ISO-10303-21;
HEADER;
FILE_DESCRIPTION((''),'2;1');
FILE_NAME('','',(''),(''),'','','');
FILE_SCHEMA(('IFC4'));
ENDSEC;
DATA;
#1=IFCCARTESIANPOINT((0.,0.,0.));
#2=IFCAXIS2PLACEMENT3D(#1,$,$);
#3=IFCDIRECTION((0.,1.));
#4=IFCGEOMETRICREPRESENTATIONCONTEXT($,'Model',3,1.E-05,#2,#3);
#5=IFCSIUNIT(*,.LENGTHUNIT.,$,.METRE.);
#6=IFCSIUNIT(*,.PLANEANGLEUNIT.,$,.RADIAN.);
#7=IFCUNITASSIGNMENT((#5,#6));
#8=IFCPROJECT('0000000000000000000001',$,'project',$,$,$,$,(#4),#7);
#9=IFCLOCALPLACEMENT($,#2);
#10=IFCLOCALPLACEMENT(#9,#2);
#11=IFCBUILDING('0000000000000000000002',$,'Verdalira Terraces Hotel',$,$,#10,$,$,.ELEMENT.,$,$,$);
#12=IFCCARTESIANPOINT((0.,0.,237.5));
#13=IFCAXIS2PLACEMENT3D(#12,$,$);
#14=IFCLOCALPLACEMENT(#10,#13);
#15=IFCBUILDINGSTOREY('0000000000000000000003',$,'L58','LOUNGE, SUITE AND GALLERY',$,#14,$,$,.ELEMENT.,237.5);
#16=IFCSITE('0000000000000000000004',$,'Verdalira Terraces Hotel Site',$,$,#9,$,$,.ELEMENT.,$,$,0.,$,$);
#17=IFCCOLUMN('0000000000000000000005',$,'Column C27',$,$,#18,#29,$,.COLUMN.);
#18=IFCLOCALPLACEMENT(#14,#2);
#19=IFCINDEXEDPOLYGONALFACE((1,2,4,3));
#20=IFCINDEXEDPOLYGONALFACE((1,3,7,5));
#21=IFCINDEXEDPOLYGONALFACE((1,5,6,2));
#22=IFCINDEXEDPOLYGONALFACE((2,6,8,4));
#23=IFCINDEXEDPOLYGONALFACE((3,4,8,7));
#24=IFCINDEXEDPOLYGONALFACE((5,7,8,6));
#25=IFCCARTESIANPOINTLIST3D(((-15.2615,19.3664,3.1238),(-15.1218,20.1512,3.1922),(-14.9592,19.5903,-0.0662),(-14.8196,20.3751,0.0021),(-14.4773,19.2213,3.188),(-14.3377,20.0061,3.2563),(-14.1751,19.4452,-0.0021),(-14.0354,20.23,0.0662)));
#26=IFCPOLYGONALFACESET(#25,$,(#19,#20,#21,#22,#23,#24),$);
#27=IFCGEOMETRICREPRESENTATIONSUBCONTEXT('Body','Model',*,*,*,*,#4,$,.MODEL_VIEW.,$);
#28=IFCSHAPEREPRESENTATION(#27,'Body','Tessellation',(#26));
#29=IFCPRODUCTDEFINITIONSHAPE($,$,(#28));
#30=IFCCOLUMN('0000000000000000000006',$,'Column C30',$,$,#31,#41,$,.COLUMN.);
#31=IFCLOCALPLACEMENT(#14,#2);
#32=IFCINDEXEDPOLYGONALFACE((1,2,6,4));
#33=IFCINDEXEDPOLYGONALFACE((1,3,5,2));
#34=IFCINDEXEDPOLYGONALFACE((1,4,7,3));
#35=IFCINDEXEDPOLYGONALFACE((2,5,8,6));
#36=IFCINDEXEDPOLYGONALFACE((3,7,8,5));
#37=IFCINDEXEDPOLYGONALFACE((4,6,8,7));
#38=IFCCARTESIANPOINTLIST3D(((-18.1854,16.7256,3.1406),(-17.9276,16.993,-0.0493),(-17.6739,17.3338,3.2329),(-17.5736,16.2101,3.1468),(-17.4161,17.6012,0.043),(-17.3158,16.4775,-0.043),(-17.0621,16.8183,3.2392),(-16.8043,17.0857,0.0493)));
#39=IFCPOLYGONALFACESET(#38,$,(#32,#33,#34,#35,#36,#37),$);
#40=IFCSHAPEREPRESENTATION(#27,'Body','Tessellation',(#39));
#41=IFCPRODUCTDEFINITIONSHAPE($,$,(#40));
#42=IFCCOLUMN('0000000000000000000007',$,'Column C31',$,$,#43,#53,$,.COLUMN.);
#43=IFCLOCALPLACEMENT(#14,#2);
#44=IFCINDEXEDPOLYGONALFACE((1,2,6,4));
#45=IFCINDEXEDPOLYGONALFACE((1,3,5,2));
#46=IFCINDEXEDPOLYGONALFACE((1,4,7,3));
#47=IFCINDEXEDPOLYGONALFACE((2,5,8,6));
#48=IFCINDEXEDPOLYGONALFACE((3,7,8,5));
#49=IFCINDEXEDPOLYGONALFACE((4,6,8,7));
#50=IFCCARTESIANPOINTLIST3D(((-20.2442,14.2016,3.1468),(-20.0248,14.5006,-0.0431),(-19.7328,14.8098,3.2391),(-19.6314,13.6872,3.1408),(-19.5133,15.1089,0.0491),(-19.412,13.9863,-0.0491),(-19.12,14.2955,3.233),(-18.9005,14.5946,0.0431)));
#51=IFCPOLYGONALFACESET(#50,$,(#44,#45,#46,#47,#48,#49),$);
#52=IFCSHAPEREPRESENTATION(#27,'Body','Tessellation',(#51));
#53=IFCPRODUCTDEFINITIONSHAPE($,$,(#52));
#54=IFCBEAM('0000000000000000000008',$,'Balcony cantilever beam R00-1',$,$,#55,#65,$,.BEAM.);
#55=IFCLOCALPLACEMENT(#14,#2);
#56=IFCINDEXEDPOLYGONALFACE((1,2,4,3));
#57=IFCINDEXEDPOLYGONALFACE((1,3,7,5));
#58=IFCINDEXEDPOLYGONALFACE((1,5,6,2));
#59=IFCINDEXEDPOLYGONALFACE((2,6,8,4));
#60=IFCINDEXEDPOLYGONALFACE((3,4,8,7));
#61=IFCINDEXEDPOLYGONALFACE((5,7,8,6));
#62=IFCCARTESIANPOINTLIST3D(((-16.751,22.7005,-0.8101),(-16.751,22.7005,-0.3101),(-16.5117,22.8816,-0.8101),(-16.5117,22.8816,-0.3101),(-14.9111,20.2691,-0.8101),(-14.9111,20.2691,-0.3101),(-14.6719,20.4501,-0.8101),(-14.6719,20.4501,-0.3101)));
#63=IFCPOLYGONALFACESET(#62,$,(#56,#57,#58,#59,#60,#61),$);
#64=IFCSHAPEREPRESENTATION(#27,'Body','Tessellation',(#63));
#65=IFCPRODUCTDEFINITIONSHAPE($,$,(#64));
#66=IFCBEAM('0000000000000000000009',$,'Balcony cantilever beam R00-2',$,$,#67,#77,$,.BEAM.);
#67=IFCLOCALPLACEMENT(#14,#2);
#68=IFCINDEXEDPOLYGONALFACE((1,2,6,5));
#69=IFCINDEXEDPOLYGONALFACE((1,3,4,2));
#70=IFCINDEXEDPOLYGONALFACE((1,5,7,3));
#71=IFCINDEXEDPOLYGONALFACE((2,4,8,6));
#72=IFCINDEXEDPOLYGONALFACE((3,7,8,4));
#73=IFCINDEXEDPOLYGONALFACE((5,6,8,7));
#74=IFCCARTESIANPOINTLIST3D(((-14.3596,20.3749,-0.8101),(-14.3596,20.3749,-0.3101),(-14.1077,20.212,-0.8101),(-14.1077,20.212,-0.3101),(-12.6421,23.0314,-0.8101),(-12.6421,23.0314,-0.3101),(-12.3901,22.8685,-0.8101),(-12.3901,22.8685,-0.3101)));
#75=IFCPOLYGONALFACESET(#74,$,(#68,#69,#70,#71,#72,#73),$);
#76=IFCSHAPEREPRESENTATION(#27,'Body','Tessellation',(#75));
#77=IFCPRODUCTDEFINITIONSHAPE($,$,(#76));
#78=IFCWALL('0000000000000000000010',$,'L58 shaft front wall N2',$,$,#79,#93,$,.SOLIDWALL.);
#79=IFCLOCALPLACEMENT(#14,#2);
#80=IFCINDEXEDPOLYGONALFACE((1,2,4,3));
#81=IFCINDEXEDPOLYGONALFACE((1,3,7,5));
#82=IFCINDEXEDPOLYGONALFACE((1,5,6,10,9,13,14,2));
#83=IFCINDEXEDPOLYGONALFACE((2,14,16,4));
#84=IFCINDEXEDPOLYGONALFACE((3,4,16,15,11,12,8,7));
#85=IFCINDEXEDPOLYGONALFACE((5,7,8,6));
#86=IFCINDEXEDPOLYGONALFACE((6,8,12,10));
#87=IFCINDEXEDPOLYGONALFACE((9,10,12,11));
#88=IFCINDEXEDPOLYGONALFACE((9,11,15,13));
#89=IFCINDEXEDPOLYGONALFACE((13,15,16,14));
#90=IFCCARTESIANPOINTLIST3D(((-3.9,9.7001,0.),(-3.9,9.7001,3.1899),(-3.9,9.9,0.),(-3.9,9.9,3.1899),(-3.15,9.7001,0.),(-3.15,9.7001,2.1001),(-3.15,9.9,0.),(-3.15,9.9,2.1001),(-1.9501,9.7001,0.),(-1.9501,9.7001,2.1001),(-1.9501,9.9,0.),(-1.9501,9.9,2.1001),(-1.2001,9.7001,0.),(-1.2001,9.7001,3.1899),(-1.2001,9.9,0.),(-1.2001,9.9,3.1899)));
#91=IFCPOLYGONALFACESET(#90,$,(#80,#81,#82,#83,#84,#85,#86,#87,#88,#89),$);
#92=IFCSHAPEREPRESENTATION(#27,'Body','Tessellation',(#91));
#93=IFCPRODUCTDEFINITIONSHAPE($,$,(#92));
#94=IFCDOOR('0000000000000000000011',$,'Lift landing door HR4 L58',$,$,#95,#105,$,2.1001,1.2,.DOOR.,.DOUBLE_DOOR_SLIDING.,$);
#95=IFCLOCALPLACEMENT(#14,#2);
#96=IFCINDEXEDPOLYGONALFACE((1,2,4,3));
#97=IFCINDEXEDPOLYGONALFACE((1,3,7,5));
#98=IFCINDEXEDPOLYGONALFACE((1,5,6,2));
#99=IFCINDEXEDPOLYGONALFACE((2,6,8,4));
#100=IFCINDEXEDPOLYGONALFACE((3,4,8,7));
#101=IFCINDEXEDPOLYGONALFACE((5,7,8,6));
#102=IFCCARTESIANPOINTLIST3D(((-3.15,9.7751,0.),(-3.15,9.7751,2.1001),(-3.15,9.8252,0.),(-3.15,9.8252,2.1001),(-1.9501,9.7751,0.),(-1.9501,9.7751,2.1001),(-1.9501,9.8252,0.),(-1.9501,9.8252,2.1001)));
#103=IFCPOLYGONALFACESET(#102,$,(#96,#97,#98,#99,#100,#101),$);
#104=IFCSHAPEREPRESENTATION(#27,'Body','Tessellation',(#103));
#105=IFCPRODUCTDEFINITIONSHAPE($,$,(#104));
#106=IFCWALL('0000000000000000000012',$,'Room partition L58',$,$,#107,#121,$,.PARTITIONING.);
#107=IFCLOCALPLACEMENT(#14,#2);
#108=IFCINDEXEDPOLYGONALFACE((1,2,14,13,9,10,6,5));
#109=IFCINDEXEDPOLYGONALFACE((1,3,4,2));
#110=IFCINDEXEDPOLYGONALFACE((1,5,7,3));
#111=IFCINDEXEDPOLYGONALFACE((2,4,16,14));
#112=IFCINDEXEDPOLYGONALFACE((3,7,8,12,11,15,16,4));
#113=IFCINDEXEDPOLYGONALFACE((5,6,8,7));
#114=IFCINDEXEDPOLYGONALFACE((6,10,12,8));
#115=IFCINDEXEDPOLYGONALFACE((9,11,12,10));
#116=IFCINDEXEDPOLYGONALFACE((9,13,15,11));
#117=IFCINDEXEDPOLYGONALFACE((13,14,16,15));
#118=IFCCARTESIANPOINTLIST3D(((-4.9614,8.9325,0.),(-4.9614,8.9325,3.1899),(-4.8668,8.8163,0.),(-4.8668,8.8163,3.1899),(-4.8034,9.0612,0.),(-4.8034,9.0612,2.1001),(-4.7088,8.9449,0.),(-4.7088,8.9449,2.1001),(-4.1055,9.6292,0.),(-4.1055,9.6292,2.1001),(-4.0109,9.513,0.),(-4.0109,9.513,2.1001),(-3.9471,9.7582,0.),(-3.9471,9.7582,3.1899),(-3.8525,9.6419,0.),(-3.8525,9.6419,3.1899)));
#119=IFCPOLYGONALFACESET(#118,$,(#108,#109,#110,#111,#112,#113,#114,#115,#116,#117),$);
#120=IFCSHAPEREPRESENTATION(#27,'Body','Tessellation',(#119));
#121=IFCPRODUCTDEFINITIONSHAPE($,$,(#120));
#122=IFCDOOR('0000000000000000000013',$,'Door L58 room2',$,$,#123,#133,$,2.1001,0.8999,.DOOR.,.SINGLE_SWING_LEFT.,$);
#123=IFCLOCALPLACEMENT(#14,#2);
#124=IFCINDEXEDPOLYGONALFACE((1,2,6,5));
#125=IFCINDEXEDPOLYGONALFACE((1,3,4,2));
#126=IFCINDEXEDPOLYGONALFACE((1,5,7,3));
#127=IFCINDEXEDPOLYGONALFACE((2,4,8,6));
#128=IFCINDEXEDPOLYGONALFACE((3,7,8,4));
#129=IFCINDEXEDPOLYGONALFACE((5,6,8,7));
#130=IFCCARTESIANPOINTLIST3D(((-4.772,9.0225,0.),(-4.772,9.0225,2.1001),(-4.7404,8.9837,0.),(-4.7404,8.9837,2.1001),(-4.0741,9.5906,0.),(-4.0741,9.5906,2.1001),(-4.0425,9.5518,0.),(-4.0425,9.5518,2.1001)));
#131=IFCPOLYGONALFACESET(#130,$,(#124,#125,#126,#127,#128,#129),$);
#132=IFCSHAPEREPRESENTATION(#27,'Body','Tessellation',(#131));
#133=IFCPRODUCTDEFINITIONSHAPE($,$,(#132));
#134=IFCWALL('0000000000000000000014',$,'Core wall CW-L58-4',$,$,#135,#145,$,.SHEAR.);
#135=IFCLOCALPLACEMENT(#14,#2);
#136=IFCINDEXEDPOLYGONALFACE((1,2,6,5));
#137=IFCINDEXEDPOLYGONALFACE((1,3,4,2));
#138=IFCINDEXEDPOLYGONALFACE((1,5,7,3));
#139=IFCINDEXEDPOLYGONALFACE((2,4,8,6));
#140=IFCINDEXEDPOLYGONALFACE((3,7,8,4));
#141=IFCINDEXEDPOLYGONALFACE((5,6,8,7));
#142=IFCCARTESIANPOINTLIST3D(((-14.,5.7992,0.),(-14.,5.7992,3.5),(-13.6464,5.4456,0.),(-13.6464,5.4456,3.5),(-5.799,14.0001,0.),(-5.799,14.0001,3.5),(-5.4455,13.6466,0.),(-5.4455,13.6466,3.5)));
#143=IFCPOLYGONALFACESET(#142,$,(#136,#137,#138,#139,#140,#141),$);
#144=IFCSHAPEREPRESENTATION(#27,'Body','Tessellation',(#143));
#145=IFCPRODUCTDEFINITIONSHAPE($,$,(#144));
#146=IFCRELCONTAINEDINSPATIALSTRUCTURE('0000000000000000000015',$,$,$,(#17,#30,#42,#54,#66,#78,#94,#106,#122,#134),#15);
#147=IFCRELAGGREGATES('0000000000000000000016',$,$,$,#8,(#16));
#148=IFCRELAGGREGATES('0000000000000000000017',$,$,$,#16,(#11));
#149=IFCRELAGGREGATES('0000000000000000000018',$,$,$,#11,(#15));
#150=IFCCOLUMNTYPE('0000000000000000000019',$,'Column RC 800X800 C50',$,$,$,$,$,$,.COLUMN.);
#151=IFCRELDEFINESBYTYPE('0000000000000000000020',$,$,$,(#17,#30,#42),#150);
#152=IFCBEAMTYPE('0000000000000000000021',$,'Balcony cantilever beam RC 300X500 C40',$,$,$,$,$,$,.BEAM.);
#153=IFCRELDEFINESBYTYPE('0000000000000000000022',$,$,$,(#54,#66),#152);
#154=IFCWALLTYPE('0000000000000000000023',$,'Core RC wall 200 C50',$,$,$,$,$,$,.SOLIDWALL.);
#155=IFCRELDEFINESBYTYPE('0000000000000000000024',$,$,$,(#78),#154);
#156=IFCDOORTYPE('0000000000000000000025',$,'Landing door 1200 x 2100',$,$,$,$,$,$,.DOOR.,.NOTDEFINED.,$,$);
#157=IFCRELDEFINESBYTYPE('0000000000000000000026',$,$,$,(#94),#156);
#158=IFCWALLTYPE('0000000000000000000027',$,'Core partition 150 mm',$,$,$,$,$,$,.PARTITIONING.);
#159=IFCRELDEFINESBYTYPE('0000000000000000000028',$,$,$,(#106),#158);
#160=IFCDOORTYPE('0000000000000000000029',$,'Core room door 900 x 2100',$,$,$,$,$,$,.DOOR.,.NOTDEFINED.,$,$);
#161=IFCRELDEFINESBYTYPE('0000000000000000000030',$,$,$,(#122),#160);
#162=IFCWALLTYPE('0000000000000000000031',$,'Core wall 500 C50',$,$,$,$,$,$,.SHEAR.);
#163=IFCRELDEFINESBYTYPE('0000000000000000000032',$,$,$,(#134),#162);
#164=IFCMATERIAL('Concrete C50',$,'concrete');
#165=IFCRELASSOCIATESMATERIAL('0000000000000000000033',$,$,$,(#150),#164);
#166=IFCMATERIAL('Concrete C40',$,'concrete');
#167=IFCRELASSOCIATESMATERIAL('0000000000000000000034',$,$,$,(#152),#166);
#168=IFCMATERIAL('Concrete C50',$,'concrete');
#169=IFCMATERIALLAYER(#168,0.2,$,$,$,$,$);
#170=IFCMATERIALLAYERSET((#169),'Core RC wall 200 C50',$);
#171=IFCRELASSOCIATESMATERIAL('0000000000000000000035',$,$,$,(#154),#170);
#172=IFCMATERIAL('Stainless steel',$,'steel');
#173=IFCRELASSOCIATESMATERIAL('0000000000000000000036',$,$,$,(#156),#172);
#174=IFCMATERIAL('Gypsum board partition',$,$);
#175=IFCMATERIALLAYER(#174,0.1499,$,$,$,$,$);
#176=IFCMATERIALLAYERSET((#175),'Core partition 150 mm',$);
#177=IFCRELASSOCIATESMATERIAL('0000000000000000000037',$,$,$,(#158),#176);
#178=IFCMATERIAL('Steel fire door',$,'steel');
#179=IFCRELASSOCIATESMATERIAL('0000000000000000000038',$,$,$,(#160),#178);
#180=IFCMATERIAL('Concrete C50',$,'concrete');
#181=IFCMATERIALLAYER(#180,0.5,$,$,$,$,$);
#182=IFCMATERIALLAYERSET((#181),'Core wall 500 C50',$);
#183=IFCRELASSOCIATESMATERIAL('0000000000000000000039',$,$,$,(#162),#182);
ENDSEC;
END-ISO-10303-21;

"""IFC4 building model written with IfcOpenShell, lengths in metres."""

from ifc_helpers import new_model, si_unit, direction, frame, frame_2d, origin, origin_2d, place, context, subcontext, project, spatial, rectangle, extrude, material, layer, layer_set, material_profile, profile_set, type_object, element, fill, save


model = new_model("IFC4")

# Units and contexts
model_context = context("Model", 3, precision=1e-05, world=origin(), true_north=direction((0.0, 1.0)))
body_context = subcontext(model_context, "Body", "Model", "MODEL_VIEW")
ifc_project = project(units=[si_unit("LENGTHUNIT", "METRE"), si_unit("PLANEANGLEUNIT", "RADIAN")], contexts=[model_context])

# Site, building, storey
site_placement = place(None, origin())
site = spatial("IfcSite", under=ifc_project, at=site_placement, Name="Verdalira Terraces Hotel Site", CompositionType="ELEMENT", RefElevation=0.0)
building_placement = place(site_placement, origin())
building = spatial("IfcBuilding", under=site, at=building_placement, Name="Verdalira Terraces Hotel", CompositionType="ELEMENT")
storey_placement = place(building_placement, frame((0.0, 0.0, 237.5)))
storey = spatial("IfcBuildingStorey", under=building, at=storey_placement, Name="L58", Description="LOUNGE, SUITE AND GALLERY", CompositionType="ELEMENT", Elevation=237.5)

# Columns
ifc_material_1 = material(Name="Concrete C50", Category="concrete")
ifc_material_profile_1 = material_profile(ifc_material_1, rectangle(XDim=0.8, YDim=0.8, at=origin_2d()), Name="RC 800X800")
ifc_profile_set_1 = profile_set([ifc_material_profile_1], Name="Concrete C50")
column_type = type_object("IfcColumnType", Name="Column RC 800X800 C50", PredefinedType="COLUMN", material=ifc_profile_set_1)
column_placement = place(storey_placement, frame((-14.4973, 19.9102, 0.0), z_axis=(-0.094098, -0.069699, 0.99312), x_axis=(0.980135, -0.181422, 0.080135)))
element("IfcColumn", 1, at=column_placement, inside=storey, type_object=column_type, Name="Column C27", PredefinedType="COLUMN", context=body_context, shape_type="SweptSolid", body=[
    extrude(rectangle(XDim=0.8, YDim=0.8, at=origin_2d()), origin(), (0.0, 0.0, 1.0), 3.2122),
])
for number, where, z_axis, x_axis, name in (
    (2, (-17.366, 17.0393, 0.0), (-0.080278, -0.083243, 0.99329), (-0.764706, 0.644332, -0.007805), "Column C30"),
    (3, (-19.4626, 14.5476, 0.0), (-0.068344, -0.093127, 0.993306), (-0.765947, 0.642859, 0.00757), "Column C31"),
):
    element("IfcColumn", number, at=place(storey_placement, frame(where, z_axis=z_axis, x_axis=x_axis)), inside=storey, type_object=column_type, Name=name, PredefinedType="COLUMN", context=body_context, shape_type="SweptSolid", body=[
        extrude(rectangle(XDim=0.8, YDim=0.8, at=origin_2d()), origin(), (0.0, 0.0, 1.0), 3.2114),
    ])

# Beams
ifc_material_2 = material(Name="Concrete C40", Category="concrete")
ifc_material_profile_2 = material_profile(ifc_material_2, rectangle(XDim=0.3, YDim=0.5, at=origin_2d()), Name="RC 300X500")
ifc_profile_set_2 = profile_set([ifc_material_profile_2], Name="Concrete C40")
beam_type = type_object("IfcBeamType", Name="Balcony cantilever beam RC 300X500 C40", PredefinedType="BEAM", material=ifc_profile_set_2)
beam_1_placement = place(storey_placement, frame((-14.7915, 20.3596, -0.5601), z_axis=(-0.603415, 0.797427, 0.0), x_axis=(-0.797427, -0.603415, 0.0)))
element("IfcBeam", 4, at=beam_1_placement, inside=storey, type_object=beam_type, Name="Balcony cantilever beam R00-1", PredefinedType="BEAM", context=body_context, shape_type="SweptSolid", body=[
    extrude(rectangle(XDim=0.3, YDim=0.5, at=origin_2d()), origin(), (0.0, 0.0, 1.0), 3.0491),
])
beam_2_placement = place(storey_placement, frame((-14.2336, 20.2935, -0.5601), z_axis=(0.542944, 0.839769, 0.0), x_axis=(-0.839769, 0.542944, 0.0)))
element("IfcBeam", 5, at=beam_2_placement, inside=storey, type_object=beam_type, Name="Balcony cantilever beam R00-2", PredefinedType="BEAM", context=body_context, shape_type="SweptSolid", body=[
    extrude(rectangle(XDim=0.3, YDim=0.5, at=origin_2d()), origin(), (0.0, 0.0, 1.0), 3.1633),
])

# Walls, openings, doors
ifc_material_3 = material(Name="Concrete C50", Category="concrete")
ifc_layer_1 = layer(ifc_material_3, 0.2)
ifc_layer_set_1 = layer_set([ifc_layer_1], Name="Core RC wall 200 C50")
wall_type_1 = type_object("IfcWallType", Name="Core RC wall 200 C50", PredefinedType="SOLIDWALL", material=ifc_layer_set_1)
wall_1_placement = place(storey_placement, frame((-1.2, 9.8, 0.0), z_axis=(0.0, 0.0, 1.0), x_axis=(-1.0, 0.0, 0.0)))
wall_1 = element("IfcWall", 6, at=wall_1_placement, inside=storey, type_object=wall_type_1, Name="L58 shaft front wall N2", PredefinedType="SOLIDWALL", context=body_context, shape_type="SweptSolid", body=[
    extrude(rectangle(XDim=2.7, YDim=0.2, at=frame_2d((1.3501, 0.0))), origin(), (0.0, 0.0, 1.0), 3.1899),
])
opening_1_placement = place(wall_1_placement, frame((0.75, 0.0, 0.0)))
opening_1 = element("IfcOpeningElement", 7, at=opening_1_placement, cuts=wall_1, PredefinedType="OPENING", context=body_context, shape_type="SweptSolid", body=[
    extrude(rectangle(XDim=1.2, YDim=2.1001, at=frame_2d((0.6001, 1.05))), frame((0.0, 0.1099, 0.0), z_axis=(0.0, -1.0, 0.0), x_axis=(1.0, 0.0, 0.0)), (0.0, 0.0, 1.0), 0.22),
])
ifc_material_4 = material(Name="Stainless steel", Category="steel")
door_type_1 = type_object("IfcDoorType", Name="Landing door 1200 x 2100", OperationType="NOTDEFINED", PredefinedType="DOOR", material=ifc_material_4)
door_1_placement = place(opening_1_placement, origin())
door_1 = element("IfcDoor", 8, at=door_1_placement, inside=storey, type_object=door_type_1, Name="Lift landing door HR4 L58", OperationType="DOUBLE_DOOR_SLIDING", OverallHeight=2.1001, OverallWidth=1.2, PredefinedType="DOOR", context=body_context, shape_type="SweptSolid", body=[
    extrude(rectangle(XDim=1.2, YDim=2.1001, at=frame_2d((0.6001, 1.05))), frame((0.0, 0.0249, 0.0), z_axis=(0.0, -1.0, 0.0), x_axis=(1.0, 0.0, 0.0)), (0.0, 0.0, 1.0), 0.05),
])
fill(opening_1, door_1)
ifc_material_5 = material(Name="Gypsum board partition")
ifc_layer_2 = layer(ifc_material_5, 0.1499)
ifc_layer_set_2 = layer_set([ifc_layer_2], Name="Core partition 150 mm")
wall_type_2 = type_object("IfcWallType", Name="Core partition 150 mm", PredefinedType="PARTITIONING", material=ifc_layer_set_2)
wall_2_placement = place(storey_placement, frame((-3.8999, 9.7, 0.0), z_axis=(0.0, 0.0, 1.0), x_axis=(-0.77556, -0.631274, 0.0)))
wall_2 = element("IfcWall", 9, at=wall_2_placement, inside=storey, type_object=wall_type_2, Name="Room partition L58", PredefinedType="PARTITIONING", context=body_context, shape_type="SweptSolid", body=[
    extrude(rectangle(XDim=1.3079, YDim=0.1499, at=frame_2d((0.6538, 0.0))), origin(), (0.0, 0.0, 1.0), 3.1899),
])
opening_2_placement = place(wall_2_placement, frame((0.2041, 0.0, 0.0)))
opening_2 = element("IfcOpeningElement", 10, at=opening_2_placement, cuts=wall_2, PredefinedType="OPENING", context=body_context, shape_type="SweptSolid", body=[
    extrude(rectangle(XDim=0.8999, YDim=2.1001, at=frame_2d((0.45, 1.05))), frame((0.0, 0.085, 0.0), z_axis=(0.0, -1.0, 0.0), x_axis=(1.0, 0.0, 0.0)), (0.0, 0.0, 1.0), 0.1699),
])
ifc_material_6 = material(Name="Steel fire door", Category="steel")
door_type_2 = type_object("IfcDoorType", Name="Core room door 900 x 2100", OperationType="NOTDEFINED", PredefinedType="DOOR", material=ifc_material_6)
door_2_placement = place(opening_2_placement, origin())
door_2 = element("IfcDoor", 11, at=door_2_placement, inside=storey, type_object=door_type_2, Name="Door L58 room2", OperationType="SINGLE_SWING_LEFT", OverallHeight=2.1001, OverallWidth=0.8999, PredefinedType="DOOR", context=body_context, shape_type="SweptSolid", body=[
    extrude(rectangle(XDim=0.8999, YDim=2.1001, at=frame_2d((0.45, 1.05))), frame((0.0, 0.0249, 0.0), z_axis=(0.0, -1.0, 0.0), x_axis=(1.0, 0.0, 0.0)), (0.0, 0.0, 1.0), 0.05),
])
fill(opening_2, door_2)

# Wall
ifc_material_7 = material(Name="Concrete C50", Category="concrete")
ifc_layer_3 = layer(ifc_material_7, 0.5)
ifc_layer_set_3 = layer_set([ifc_layer_3], Name="Core wall 500 C50")
wall_type_3 = type_object("IfcWallType", Name="Core wall 500 C50", PredefinedType="SHEAR", material=ifc_layer_set_3)
wall_3_placement = place(storey_placement, frame((-5.6223, 13.8232, 0.0), z_axis=(0.0, 0.0, 1.0), x_axis=(-0.707107, -0.707107, 0.0)))
element("IfcWall", 12, at=wall_3_placement, inside=storey, type_object=wall_type_3, Name="Core wall CW-L58-4", PredefinedType="SHEAR", context=body_context, shape_type="SweptSolid", body=[
    extrude(rectangle(XDim=11.5979, YDim=0.5, at=frame_2d((5.7988, 0.0))), origin(), (0.0, 0.0, 1.0), 3.5),
])

save(model, "model.ifc")
